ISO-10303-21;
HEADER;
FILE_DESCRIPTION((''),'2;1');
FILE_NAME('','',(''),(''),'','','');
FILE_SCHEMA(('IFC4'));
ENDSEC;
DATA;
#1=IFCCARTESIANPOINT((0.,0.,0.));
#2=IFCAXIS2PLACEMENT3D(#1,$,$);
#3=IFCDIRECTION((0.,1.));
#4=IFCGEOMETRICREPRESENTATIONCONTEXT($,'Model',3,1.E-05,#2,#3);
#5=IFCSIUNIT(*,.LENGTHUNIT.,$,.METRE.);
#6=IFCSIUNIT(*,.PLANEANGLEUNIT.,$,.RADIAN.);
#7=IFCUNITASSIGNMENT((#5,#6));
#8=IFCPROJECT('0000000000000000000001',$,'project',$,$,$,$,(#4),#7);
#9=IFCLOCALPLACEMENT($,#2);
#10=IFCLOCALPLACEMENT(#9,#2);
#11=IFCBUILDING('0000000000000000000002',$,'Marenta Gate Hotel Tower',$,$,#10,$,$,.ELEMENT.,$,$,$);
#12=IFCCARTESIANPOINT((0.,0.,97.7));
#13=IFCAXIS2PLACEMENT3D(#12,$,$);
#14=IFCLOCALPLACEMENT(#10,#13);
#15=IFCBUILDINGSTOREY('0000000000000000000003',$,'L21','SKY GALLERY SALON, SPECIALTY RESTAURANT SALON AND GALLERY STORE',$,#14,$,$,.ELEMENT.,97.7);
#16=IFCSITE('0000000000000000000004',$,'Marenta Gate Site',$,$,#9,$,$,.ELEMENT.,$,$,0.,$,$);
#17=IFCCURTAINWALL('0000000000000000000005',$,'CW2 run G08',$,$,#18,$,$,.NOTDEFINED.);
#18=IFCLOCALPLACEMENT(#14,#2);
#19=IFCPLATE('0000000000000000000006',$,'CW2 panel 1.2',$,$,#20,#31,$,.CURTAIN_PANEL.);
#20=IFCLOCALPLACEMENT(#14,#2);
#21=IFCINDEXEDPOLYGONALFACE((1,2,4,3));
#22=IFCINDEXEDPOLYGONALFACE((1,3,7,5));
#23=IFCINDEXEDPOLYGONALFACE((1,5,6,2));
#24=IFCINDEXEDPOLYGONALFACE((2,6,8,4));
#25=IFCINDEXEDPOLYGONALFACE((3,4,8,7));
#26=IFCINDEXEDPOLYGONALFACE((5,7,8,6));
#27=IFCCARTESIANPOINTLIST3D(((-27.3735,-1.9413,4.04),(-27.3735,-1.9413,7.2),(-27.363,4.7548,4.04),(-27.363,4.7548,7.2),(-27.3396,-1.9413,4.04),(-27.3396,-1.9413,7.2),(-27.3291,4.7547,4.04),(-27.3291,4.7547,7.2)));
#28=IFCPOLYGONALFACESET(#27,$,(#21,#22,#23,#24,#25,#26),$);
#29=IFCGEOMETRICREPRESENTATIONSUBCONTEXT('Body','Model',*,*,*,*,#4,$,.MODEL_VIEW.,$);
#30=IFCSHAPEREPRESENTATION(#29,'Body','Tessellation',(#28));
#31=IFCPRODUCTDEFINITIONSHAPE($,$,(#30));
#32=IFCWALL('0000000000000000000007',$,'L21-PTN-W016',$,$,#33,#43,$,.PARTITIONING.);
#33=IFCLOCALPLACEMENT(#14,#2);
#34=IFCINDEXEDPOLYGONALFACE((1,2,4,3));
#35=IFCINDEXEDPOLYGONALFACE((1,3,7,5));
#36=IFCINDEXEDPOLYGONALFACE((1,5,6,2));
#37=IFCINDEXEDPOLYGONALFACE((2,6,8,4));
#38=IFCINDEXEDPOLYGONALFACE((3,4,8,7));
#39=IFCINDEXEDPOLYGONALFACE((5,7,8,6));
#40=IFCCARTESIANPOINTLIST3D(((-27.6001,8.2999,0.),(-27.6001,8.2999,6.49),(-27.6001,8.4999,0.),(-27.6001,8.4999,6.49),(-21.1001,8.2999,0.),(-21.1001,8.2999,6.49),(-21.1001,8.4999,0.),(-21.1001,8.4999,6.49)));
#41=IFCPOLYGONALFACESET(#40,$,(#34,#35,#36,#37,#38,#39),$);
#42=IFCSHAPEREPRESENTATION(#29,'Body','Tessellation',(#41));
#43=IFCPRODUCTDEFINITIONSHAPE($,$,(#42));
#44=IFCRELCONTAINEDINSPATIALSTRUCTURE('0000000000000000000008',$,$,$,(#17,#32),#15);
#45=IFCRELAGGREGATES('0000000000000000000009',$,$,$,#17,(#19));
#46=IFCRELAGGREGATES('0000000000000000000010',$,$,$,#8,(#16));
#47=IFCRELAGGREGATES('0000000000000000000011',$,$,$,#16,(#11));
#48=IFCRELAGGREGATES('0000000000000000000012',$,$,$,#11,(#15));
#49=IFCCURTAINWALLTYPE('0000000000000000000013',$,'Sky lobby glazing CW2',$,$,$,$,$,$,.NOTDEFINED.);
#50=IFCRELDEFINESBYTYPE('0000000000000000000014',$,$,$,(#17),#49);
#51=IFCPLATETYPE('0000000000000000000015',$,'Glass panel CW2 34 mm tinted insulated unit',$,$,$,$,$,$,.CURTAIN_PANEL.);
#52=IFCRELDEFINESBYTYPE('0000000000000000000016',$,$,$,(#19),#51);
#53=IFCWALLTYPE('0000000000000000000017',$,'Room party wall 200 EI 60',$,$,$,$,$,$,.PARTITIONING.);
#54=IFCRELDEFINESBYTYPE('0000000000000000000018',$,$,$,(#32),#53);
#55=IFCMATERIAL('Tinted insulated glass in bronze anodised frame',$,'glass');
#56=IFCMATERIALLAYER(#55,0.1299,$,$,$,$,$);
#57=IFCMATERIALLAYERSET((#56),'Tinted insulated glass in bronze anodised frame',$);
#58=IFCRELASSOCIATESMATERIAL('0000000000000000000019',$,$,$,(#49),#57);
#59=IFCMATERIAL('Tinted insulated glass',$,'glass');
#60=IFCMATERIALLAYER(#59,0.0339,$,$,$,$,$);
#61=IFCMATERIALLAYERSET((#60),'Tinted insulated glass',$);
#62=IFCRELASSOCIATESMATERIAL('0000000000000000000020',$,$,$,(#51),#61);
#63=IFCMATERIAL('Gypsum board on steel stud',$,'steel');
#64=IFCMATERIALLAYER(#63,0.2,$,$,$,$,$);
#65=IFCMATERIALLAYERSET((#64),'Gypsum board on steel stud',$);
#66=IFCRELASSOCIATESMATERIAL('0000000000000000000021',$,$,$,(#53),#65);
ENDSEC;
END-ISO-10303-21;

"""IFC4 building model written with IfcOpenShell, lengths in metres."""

from ifc_helpers import new_model, si_unit, direction, frame, frame_2d, origin, origin_2d, place, context, subcontext, project, spatial, rectangle, extrude, material, layer, layer_set, type_object, element, aggregate, save


model = new_model("IFC4")

# Units and contexts
model_context = context("Model", 3, precision=1e-05, world=origin(), true_north=direction((0.0, 1.0)))
body_context = subcontext(model_context, "Body", "Model", "MODEL_VIEW")
ifc_project = project(units=[si_unit("LENGTHUNIT", "METRE"), si_unit("PLANEANGLEUNIT", "RADIAN")], contexts=[model_context])

# Site, building, storey
site_placement = place(None, origin())
site = spatial("IfcSite", under=ifc_project, at=site_placement, Name="Marenta Gate Site", CompositionType="ELEMENT", RefElevation=0.0)
building_placement = place(site_placement, origin())
building = spatial("IfcBuilding", under=site, at=building_placement, Name="Marenta Gate Hotel Tower", CompositionType="ELEMENT")
storey_placement = place(building_placement, frame((0.0, 0.0, 97.7)))
storey = spatial("IfcBuildingStorey", under=building, at=storey_placement, Name="L21", Description="SKY GALLERY SALON, SPECIALTY RESTAURANT SALON AND GALLERY STORE", CompositionType="ELEMENT", Elevation=97.7)

# Curtain wall
ifc_material_1 = material(Name="Tinted insulated glass in bronze anodised frame", Category="glass")
ifc_layer_1 = layer(ifc_material_1, 0.1299)
ifc_layer_set_1 = layer_set([ifc_layer_1], Name="Tinted insulated glass in bronze anodised frame")
curtain_wall_type = type_object("IfcCurtainWallType", Name="Sky lobby glazing CW2", PredefinedType="NOTDEFINED", material=ifc_layer_set_1)
curtain_wall_1_placement = place(storey_placement, origin())
curtain_wall_1 = element("IfcCurtainWall", 1, at=curtain_wall_1_placement, inside=storey, type_object=curtain_wall_type, Name="CW2 run G08", PredefinedType="NOTDEFINED")

# Plate
ifc_material_2 = material(Name="Tinted insulated glass", Category="glass")
ifc_layer_2 = layer(ifc_material_2, 0.0339)
ifc_layer_set_2 = layer_set([ifc_layer_2], Name="Tinted insulated glass")
plate_type = type_object("IfcPlateType", Name="Glass panel CW2 34 mm tinted insulated unit", PredefinedType="CURTAIN_PANEL", material=ifc_layer_set_2)
plate_1_placement = place(storey_placement, frame((-27.3513, 1.4067, 4.04), z_axis=(0.0, 0.0, 1.0), x_axis=(-0.001565, -0.999999, 0.0)))
plate_1 = element("IfcPlate", 2, at=plate_1_placement, type_object=plate_type, Name="CW2 panel 1.2", PredefinedType="CURTAIN_PANEL", context=body_context, shape_type="SweptSolid", body=[
    extrude(rectangle(XDim=6.696, YDim=0.0339, at=origin_2d()), origin(), (0.0, 0.0, 1.0), 3.1599),
])
aggregate(curtain_wall_1, [plate_1])

# Wall
ifc_material_3 = material(Name="Gypsum board on steel stud", Category="steel")
ifc_layer_3 = layer(ifc_material_3, 0.2)
ifc_layer_set_3 = layer_set([ifc_layer_3], Name="Gypsum board on steel stud")
wall_type = type_object("IfcWallType", Name="Room party wall 200 EI 60", PredefinedType="PARTITIONING", material=ifc_layer_set_3)
wall_placement = place(storey_placement, frame((-27.6001, 8.3999, 0.0), z_axis=(0.0, 0.0, 1.0), x_axis=(1.0, 0.0, 0.0)))
element("IfcWall", 3, at=wall_placement, inside=storey, type_object=wall_type, Name="L21-PTN-W016", PredefinedType="PARTITIONING", context=body_context, shape_type="SweptSolid", body=[
    extrude(rectangle(XDim=6.5, YDim=0.2, at=frame_2d((3.25, 0.0))), origin(), (0.0, 0.0, 1.0), 6.49),
])

save(model, "model.ifc")
